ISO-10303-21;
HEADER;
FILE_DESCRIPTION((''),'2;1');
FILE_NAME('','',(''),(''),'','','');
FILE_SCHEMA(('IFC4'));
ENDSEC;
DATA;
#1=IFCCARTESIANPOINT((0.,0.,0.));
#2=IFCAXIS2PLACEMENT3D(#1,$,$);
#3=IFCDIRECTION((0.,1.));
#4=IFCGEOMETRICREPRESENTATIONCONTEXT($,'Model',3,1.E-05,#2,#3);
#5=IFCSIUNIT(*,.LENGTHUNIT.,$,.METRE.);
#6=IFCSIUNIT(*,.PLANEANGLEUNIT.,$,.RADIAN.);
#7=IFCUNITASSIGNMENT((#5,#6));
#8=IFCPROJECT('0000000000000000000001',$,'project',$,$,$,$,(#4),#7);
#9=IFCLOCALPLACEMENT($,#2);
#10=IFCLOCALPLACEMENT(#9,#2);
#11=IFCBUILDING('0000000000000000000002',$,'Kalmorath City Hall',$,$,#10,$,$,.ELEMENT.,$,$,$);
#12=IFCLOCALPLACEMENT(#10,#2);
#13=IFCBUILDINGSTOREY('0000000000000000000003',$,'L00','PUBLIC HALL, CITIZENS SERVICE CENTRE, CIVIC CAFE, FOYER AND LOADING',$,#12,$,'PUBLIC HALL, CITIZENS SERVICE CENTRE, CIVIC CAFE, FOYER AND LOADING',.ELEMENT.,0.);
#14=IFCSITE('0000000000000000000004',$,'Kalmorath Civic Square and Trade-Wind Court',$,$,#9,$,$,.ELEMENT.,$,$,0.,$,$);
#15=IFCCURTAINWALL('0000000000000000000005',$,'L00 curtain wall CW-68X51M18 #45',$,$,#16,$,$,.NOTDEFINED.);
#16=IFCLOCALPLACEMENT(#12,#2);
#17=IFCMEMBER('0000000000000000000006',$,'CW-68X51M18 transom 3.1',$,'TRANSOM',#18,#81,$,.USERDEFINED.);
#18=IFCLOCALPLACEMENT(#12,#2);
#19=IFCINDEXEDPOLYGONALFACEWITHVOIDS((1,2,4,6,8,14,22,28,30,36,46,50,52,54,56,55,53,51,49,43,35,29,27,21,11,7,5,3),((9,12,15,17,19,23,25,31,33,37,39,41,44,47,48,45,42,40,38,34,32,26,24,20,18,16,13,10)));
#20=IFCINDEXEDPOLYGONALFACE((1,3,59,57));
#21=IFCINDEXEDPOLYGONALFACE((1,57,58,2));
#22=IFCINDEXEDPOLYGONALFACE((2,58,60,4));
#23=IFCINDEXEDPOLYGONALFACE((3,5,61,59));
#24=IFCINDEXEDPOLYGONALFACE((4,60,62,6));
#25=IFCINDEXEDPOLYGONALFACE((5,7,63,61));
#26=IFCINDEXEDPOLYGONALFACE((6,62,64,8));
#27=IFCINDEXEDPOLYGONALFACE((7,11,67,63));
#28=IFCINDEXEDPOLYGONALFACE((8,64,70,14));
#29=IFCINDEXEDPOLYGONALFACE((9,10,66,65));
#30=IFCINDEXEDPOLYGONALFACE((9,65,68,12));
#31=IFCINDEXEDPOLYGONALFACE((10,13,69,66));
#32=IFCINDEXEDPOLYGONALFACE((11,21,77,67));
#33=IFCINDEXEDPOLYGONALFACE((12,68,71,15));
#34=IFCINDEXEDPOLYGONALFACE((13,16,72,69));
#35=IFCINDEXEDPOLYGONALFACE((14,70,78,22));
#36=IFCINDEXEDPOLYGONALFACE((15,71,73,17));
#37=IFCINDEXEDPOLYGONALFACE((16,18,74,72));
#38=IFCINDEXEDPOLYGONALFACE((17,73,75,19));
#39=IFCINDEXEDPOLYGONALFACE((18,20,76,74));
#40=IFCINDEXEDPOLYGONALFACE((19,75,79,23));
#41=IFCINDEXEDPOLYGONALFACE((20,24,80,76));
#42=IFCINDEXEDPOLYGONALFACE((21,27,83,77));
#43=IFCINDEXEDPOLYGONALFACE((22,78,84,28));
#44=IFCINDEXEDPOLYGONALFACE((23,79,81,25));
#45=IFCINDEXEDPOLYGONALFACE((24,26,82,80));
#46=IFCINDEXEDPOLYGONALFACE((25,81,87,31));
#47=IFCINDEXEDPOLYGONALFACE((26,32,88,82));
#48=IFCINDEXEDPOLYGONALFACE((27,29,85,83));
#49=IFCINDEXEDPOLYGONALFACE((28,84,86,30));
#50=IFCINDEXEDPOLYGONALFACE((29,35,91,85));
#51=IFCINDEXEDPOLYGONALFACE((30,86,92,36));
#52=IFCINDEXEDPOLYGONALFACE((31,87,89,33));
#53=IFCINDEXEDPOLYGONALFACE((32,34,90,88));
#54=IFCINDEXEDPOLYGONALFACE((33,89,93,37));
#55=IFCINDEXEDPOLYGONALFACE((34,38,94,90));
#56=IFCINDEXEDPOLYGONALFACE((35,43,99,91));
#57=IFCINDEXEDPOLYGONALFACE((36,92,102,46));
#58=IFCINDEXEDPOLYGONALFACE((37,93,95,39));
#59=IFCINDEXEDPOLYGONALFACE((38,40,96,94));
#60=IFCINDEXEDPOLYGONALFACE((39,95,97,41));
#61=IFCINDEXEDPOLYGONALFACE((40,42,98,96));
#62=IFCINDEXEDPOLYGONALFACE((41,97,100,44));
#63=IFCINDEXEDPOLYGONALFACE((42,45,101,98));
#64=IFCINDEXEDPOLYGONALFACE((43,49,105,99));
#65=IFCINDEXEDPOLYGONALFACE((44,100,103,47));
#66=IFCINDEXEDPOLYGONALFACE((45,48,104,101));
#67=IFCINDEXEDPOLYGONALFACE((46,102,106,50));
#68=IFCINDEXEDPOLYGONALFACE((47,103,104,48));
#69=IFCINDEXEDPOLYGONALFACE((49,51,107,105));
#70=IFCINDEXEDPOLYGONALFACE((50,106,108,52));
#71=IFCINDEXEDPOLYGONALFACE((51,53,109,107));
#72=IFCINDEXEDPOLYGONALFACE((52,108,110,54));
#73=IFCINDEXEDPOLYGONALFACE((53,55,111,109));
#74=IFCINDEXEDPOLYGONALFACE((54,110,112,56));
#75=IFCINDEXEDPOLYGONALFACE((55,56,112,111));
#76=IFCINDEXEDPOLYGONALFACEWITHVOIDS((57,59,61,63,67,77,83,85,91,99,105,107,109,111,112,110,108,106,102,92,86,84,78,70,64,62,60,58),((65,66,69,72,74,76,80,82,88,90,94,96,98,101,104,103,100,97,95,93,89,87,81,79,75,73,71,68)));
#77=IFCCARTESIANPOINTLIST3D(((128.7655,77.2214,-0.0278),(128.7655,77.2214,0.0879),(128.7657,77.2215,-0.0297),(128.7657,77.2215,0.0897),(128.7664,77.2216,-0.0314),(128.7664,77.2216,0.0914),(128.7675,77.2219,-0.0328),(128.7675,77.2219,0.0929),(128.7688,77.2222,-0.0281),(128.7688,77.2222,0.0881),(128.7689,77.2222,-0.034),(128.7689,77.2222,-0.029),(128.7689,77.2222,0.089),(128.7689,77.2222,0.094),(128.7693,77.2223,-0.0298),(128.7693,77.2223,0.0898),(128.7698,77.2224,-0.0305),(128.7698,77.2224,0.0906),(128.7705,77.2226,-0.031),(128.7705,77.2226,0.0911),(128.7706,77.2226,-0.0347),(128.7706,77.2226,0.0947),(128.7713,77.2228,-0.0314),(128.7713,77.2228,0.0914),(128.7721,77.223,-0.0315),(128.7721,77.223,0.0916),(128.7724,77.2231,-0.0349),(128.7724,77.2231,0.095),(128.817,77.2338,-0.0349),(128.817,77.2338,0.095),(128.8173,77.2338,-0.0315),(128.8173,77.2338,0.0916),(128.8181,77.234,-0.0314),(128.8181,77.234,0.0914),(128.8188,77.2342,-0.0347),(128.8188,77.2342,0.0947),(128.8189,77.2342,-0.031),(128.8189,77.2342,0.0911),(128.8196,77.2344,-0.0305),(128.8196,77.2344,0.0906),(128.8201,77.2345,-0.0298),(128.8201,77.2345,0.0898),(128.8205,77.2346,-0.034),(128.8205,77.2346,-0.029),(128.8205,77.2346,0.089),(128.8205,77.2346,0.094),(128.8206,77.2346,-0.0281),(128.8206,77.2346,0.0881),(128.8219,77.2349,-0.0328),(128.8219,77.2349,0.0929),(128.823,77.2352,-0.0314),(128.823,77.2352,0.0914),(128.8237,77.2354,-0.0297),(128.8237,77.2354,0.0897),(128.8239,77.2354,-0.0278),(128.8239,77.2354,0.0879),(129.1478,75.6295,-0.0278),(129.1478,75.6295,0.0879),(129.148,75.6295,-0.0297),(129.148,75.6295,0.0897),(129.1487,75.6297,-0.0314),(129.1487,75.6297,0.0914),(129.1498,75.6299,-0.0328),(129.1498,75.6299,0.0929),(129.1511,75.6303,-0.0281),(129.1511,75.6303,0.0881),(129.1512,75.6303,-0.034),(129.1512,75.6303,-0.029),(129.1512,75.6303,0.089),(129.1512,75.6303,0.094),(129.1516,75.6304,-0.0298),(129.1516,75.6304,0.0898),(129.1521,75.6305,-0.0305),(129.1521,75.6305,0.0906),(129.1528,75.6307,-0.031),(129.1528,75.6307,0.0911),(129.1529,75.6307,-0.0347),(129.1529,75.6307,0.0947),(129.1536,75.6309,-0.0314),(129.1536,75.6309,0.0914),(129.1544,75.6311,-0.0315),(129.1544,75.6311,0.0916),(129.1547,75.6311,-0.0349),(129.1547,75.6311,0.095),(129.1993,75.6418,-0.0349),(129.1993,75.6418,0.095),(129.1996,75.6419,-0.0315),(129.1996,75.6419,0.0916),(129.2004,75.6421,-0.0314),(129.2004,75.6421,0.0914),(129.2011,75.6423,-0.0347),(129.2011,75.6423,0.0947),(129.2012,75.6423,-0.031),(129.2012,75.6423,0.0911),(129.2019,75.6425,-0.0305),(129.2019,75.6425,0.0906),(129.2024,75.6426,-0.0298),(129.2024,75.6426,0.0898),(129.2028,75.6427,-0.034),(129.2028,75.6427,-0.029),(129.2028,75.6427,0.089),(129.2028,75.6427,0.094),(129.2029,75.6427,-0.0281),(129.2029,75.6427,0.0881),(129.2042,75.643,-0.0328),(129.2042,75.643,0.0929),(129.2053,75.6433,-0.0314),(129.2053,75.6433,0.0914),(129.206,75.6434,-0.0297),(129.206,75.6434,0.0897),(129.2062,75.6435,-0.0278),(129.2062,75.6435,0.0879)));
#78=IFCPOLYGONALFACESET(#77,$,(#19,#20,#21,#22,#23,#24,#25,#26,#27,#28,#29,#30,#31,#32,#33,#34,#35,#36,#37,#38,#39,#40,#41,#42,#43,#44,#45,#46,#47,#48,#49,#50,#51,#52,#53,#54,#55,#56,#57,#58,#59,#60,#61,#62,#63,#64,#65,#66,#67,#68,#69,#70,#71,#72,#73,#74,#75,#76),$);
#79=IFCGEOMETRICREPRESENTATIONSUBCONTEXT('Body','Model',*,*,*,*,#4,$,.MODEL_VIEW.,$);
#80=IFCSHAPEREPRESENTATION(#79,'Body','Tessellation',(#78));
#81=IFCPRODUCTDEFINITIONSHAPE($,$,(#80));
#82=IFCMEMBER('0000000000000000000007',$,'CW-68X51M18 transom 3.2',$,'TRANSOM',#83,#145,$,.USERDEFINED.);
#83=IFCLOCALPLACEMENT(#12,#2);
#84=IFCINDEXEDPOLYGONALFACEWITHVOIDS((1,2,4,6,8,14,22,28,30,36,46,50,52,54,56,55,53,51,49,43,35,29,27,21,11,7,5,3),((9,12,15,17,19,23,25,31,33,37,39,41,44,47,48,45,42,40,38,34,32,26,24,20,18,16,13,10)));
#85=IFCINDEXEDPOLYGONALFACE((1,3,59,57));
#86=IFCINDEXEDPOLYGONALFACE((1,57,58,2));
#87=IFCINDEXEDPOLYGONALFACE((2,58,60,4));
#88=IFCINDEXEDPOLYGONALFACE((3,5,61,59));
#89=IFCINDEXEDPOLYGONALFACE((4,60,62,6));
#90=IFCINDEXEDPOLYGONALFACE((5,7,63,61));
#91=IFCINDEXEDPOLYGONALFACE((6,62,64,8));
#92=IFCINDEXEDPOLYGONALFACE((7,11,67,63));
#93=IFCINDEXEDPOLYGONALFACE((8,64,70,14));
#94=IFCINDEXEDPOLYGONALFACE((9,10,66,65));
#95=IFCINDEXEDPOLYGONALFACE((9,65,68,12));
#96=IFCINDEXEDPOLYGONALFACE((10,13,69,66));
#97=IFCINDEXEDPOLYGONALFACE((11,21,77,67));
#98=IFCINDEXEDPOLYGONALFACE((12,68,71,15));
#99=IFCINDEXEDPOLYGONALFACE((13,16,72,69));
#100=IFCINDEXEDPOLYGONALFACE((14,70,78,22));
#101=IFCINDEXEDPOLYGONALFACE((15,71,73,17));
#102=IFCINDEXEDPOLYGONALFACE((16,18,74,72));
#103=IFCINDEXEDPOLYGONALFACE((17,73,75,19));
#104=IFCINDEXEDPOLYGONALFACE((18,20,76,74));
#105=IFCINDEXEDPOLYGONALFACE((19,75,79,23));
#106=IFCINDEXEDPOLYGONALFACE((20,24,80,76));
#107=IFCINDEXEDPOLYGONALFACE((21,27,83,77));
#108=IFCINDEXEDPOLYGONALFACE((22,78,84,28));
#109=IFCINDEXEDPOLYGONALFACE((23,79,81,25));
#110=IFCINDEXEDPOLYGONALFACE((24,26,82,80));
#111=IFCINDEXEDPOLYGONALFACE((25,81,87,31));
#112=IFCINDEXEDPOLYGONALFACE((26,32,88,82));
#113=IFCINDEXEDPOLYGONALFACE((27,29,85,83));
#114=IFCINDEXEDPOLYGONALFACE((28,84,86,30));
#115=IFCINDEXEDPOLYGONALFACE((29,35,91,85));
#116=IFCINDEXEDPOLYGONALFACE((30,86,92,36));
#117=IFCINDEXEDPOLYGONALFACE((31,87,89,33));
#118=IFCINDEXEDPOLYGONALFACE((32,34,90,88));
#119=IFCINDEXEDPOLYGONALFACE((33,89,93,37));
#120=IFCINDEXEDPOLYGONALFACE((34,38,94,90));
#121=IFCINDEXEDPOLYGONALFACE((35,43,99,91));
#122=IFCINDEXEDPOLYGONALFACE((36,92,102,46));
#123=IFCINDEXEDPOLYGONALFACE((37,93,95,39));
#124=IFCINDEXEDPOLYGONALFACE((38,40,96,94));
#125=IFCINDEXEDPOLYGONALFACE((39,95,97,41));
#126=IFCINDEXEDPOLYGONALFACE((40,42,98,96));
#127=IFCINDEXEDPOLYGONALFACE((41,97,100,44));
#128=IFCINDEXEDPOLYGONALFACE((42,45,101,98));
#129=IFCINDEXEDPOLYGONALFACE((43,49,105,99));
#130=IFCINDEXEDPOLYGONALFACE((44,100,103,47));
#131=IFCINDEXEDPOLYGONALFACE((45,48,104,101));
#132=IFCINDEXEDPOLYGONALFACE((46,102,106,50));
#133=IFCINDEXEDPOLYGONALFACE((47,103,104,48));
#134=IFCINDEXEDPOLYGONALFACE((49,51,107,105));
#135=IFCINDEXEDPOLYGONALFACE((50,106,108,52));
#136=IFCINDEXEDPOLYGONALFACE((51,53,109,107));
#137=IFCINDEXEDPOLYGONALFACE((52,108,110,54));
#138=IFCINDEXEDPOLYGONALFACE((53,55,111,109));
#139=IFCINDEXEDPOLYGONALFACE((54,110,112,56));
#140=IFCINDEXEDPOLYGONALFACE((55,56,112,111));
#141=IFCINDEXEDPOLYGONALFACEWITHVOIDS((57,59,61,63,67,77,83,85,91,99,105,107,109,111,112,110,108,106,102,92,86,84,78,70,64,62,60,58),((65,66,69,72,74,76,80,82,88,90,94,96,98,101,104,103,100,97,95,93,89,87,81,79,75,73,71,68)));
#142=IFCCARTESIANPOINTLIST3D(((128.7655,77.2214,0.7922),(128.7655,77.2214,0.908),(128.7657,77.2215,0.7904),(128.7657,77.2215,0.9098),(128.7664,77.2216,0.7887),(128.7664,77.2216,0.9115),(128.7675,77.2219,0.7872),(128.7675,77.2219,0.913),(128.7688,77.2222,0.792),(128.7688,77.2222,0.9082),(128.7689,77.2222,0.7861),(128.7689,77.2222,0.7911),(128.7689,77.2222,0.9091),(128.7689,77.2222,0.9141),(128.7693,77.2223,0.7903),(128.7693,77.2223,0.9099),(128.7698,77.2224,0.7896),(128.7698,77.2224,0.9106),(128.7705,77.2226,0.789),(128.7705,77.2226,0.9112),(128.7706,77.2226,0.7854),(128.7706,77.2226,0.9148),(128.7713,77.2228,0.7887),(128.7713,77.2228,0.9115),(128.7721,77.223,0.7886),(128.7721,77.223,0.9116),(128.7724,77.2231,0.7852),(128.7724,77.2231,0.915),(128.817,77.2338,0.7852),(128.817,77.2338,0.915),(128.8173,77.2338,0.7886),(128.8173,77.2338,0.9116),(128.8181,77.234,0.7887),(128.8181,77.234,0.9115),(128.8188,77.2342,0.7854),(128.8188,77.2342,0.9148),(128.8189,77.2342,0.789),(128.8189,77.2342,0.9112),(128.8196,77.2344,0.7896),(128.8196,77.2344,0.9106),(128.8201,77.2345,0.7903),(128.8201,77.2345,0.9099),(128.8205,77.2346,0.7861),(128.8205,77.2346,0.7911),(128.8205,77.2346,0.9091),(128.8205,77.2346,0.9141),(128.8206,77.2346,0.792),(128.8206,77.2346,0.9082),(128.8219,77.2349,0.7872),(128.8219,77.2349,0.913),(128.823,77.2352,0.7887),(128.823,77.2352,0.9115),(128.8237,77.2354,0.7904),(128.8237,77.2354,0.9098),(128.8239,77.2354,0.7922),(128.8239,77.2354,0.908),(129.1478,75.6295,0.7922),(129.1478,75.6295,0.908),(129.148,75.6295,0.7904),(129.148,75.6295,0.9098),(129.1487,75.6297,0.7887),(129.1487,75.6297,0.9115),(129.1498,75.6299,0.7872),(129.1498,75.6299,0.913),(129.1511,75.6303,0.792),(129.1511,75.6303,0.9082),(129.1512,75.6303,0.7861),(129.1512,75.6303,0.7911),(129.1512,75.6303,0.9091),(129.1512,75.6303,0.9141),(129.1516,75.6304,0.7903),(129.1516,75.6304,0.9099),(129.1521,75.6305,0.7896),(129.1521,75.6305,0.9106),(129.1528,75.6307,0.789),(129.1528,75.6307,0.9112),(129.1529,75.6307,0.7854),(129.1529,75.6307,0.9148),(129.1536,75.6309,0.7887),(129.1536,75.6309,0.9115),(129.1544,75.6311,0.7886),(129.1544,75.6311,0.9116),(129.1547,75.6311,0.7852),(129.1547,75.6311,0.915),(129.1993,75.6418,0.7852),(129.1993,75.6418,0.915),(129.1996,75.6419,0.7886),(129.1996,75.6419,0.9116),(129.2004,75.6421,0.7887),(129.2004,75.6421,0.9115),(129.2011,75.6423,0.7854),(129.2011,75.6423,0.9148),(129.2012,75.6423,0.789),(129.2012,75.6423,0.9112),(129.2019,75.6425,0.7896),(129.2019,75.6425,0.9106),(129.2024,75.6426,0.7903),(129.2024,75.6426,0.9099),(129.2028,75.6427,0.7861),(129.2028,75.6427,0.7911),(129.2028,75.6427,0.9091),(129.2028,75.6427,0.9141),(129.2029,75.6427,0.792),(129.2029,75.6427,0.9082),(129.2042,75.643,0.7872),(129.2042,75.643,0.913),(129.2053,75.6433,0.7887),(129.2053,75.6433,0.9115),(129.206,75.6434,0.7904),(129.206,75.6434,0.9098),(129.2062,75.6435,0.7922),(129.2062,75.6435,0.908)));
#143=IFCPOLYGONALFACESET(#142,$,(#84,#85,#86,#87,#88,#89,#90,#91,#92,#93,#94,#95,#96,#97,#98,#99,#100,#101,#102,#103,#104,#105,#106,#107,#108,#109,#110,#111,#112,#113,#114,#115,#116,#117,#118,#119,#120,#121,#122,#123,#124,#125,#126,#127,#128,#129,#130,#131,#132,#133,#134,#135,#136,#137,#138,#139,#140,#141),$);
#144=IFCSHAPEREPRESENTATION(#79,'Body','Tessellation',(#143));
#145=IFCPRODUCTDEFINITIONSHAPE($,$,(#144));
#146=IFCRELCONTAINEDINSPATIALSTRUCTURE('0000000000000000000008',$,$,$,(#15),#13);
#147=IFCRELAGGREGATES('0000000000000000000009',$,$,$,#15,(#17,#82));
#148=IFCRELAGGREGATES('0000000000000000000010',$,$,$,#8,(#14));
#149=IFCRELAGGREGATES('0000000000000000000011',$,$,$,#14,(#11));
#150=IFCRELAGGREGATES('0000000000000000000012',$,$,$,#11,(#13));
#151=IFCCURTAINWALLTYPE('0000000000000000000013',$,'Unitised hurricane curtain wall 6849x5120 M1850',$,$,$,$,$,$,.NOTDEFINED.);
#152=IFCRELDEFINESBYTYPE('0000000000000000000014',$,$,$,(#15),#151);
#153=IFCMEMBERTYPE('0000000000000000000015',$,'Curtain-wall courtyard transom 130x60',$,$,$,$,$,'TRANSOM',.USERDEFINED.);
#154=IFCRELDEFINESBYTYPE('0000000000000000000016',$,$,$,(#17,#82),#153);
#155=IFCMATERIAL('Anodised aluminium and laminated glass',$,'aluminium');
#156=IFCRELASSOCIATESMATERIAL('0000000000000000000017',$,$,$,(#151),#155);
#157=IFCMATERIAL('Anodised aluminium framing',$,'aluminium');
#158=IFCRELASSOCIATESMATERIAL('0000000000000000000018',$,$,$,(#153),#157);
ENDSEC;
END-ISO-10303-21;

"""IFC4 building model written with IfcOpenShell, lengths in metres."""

from ifc_helpers import new_model, si_unit, direction, frame, origin, origin_2d, place, context, subcontext, project, spatial, hollow_rectangle, extrude, material, material_profile, profile_set, type_object, element, aggregate, save


model = new_model("IFC4")

# Units and contexts
model_context = context("Model", 3, precision=1e-05, world=origin(), true_north=direction((0.0, 1.0)))
body_context = subcontext(model_context, "Body", "Model", "MODEL_VIEW")
ifc_project = project(units=[si_unit("LENGTHUNIT", "METRE"), si_unit("PLANEANGLEUNIT", "RADIAN")], contexts=[model_context])

# Site, building, storey
site_placement = place(None, origin())
site = spatial("IfcSite", under=ifc_project, at=site_placement, Name="Kalmorath Civic Square and Trade-Wind Court", CompositionType="ELEMENT", RefElevation=0.0)
building_placement = place(site_placement, origin())
building = spatial("IfcBuilding", under=site, at=building_placement, Name="Kalmorath City Hall", CompositionType="ELEMENT")
storey_placement = place(building_placement, origin())
storey = spatial("IfcBuildingStorey", under=building, at=storey_placement, Name="L00", Description="PUBLIC HALL, CITIZENS SERVICE CENTRE, CIVIC CAFE, FOYER AND LOADING", LongName="PUBLIC HALL, CITIZENS SERVICE CENTRE, CIVIC CAFE, FOYER AND LOADING", CompositionType="ELEMENT", Elevation=0.0)

# Curtain wall, members
ifc_material_1 = material(Name="Anodised aluminium and laminated glass", Category="aluminium")
curtain_wall_type = type_object("IfcCurtainWallType", Name="Unitised hurricane curtain wall 6849x5120 M1850", PredefinedType="NOTDEFINED", material=ifc_material_1)
curtain_wall_placement = place(storey_placement, origin())
curtain_wall = element("IfcCurtainWall", 1, at=curtain_wall_placement, inside=storey, type_object=curtain_wall_type, Name="L00 curtain wall CW-68X51M18 #45", PredefinedType="NOTDEFINED")
ifc_material_2 = material(Name="Anodised aluminium framing", Category="aluminium")
ifc_material_profile_1 = material_profile(ifc_material_2, hollow_rectangle(XDim=0.0601, YDim=0.1299, WallThickness=0.0034, InnerFilletRadius=0.0034, OuterFilletRadius=0.0071, at=origin_2d()), Name="ALU-TRN-130X60X3.5")
ifc_profile_set_1 = profile_set([ifc_material_profile_1], Name="Anodised aluminium framing")
member_type_1 = type_object("IfcMemberType", Name="Curtain-wall courtyard transom 130x60", ElementType="TRANSOM", PredefinedType="USERDEFINED", material=ifc_profile_set_1)
member_1_placement = place(storey_placement, frame((129.177, 75.6365, 0.03), z_axis=(-0.233508, 0.972355, 0.0), x_axis=(-0.972355, -0.233508, 0.0)))
member_1 = element("IfcMember", 2, at=member_1_placement, type_object=member_type_1, Name="CW-68X51M18 transom 3.1", ObjectType="TRANSOM", PredefinedType="USERDEFINED", context=body_context, shape_type="SweptSolid", body=[
    extrude(hollow_rectangle(XDim=0.0601, YDim=0.1299, WallThickness=0.0034, InnerFilletRadius=0.0034, OuterFilletRadius=0.0071, at=origin_2d()), origin(), (0.0, 0.0, 1.0), 1.6372),
])
member_2_placement = place(storey_placement, frame((129.177, 75.6365, 0.8501), z_axis=(-0.233508, 0.972355, 0.0), x_axis=(-0.972355, -0.233508, 0.0)))
member_2 = element("IfcMember", 3, at=member_2_placement, type_object=member_type_1, Name="CW-68X51M18 transom 3.2", ObjectType="TRANSOM", PredefinedType="USERDEFINED", context=body_context, shape_type="SweptSolid", body=[
    extrude(hollow_rectangle(XDim=0.0601, YDim=0.1299, WallThickness=0.0034, InnerFilletRadius=0.0034, OuterFilletRadius=0.0071, at=origin_2d()), origin(), (0.0, 0.0, 1.0), 1.6372),
])

aggregate(curtain_wall, [member_1, member_2])

save(model, "model.ifc")
